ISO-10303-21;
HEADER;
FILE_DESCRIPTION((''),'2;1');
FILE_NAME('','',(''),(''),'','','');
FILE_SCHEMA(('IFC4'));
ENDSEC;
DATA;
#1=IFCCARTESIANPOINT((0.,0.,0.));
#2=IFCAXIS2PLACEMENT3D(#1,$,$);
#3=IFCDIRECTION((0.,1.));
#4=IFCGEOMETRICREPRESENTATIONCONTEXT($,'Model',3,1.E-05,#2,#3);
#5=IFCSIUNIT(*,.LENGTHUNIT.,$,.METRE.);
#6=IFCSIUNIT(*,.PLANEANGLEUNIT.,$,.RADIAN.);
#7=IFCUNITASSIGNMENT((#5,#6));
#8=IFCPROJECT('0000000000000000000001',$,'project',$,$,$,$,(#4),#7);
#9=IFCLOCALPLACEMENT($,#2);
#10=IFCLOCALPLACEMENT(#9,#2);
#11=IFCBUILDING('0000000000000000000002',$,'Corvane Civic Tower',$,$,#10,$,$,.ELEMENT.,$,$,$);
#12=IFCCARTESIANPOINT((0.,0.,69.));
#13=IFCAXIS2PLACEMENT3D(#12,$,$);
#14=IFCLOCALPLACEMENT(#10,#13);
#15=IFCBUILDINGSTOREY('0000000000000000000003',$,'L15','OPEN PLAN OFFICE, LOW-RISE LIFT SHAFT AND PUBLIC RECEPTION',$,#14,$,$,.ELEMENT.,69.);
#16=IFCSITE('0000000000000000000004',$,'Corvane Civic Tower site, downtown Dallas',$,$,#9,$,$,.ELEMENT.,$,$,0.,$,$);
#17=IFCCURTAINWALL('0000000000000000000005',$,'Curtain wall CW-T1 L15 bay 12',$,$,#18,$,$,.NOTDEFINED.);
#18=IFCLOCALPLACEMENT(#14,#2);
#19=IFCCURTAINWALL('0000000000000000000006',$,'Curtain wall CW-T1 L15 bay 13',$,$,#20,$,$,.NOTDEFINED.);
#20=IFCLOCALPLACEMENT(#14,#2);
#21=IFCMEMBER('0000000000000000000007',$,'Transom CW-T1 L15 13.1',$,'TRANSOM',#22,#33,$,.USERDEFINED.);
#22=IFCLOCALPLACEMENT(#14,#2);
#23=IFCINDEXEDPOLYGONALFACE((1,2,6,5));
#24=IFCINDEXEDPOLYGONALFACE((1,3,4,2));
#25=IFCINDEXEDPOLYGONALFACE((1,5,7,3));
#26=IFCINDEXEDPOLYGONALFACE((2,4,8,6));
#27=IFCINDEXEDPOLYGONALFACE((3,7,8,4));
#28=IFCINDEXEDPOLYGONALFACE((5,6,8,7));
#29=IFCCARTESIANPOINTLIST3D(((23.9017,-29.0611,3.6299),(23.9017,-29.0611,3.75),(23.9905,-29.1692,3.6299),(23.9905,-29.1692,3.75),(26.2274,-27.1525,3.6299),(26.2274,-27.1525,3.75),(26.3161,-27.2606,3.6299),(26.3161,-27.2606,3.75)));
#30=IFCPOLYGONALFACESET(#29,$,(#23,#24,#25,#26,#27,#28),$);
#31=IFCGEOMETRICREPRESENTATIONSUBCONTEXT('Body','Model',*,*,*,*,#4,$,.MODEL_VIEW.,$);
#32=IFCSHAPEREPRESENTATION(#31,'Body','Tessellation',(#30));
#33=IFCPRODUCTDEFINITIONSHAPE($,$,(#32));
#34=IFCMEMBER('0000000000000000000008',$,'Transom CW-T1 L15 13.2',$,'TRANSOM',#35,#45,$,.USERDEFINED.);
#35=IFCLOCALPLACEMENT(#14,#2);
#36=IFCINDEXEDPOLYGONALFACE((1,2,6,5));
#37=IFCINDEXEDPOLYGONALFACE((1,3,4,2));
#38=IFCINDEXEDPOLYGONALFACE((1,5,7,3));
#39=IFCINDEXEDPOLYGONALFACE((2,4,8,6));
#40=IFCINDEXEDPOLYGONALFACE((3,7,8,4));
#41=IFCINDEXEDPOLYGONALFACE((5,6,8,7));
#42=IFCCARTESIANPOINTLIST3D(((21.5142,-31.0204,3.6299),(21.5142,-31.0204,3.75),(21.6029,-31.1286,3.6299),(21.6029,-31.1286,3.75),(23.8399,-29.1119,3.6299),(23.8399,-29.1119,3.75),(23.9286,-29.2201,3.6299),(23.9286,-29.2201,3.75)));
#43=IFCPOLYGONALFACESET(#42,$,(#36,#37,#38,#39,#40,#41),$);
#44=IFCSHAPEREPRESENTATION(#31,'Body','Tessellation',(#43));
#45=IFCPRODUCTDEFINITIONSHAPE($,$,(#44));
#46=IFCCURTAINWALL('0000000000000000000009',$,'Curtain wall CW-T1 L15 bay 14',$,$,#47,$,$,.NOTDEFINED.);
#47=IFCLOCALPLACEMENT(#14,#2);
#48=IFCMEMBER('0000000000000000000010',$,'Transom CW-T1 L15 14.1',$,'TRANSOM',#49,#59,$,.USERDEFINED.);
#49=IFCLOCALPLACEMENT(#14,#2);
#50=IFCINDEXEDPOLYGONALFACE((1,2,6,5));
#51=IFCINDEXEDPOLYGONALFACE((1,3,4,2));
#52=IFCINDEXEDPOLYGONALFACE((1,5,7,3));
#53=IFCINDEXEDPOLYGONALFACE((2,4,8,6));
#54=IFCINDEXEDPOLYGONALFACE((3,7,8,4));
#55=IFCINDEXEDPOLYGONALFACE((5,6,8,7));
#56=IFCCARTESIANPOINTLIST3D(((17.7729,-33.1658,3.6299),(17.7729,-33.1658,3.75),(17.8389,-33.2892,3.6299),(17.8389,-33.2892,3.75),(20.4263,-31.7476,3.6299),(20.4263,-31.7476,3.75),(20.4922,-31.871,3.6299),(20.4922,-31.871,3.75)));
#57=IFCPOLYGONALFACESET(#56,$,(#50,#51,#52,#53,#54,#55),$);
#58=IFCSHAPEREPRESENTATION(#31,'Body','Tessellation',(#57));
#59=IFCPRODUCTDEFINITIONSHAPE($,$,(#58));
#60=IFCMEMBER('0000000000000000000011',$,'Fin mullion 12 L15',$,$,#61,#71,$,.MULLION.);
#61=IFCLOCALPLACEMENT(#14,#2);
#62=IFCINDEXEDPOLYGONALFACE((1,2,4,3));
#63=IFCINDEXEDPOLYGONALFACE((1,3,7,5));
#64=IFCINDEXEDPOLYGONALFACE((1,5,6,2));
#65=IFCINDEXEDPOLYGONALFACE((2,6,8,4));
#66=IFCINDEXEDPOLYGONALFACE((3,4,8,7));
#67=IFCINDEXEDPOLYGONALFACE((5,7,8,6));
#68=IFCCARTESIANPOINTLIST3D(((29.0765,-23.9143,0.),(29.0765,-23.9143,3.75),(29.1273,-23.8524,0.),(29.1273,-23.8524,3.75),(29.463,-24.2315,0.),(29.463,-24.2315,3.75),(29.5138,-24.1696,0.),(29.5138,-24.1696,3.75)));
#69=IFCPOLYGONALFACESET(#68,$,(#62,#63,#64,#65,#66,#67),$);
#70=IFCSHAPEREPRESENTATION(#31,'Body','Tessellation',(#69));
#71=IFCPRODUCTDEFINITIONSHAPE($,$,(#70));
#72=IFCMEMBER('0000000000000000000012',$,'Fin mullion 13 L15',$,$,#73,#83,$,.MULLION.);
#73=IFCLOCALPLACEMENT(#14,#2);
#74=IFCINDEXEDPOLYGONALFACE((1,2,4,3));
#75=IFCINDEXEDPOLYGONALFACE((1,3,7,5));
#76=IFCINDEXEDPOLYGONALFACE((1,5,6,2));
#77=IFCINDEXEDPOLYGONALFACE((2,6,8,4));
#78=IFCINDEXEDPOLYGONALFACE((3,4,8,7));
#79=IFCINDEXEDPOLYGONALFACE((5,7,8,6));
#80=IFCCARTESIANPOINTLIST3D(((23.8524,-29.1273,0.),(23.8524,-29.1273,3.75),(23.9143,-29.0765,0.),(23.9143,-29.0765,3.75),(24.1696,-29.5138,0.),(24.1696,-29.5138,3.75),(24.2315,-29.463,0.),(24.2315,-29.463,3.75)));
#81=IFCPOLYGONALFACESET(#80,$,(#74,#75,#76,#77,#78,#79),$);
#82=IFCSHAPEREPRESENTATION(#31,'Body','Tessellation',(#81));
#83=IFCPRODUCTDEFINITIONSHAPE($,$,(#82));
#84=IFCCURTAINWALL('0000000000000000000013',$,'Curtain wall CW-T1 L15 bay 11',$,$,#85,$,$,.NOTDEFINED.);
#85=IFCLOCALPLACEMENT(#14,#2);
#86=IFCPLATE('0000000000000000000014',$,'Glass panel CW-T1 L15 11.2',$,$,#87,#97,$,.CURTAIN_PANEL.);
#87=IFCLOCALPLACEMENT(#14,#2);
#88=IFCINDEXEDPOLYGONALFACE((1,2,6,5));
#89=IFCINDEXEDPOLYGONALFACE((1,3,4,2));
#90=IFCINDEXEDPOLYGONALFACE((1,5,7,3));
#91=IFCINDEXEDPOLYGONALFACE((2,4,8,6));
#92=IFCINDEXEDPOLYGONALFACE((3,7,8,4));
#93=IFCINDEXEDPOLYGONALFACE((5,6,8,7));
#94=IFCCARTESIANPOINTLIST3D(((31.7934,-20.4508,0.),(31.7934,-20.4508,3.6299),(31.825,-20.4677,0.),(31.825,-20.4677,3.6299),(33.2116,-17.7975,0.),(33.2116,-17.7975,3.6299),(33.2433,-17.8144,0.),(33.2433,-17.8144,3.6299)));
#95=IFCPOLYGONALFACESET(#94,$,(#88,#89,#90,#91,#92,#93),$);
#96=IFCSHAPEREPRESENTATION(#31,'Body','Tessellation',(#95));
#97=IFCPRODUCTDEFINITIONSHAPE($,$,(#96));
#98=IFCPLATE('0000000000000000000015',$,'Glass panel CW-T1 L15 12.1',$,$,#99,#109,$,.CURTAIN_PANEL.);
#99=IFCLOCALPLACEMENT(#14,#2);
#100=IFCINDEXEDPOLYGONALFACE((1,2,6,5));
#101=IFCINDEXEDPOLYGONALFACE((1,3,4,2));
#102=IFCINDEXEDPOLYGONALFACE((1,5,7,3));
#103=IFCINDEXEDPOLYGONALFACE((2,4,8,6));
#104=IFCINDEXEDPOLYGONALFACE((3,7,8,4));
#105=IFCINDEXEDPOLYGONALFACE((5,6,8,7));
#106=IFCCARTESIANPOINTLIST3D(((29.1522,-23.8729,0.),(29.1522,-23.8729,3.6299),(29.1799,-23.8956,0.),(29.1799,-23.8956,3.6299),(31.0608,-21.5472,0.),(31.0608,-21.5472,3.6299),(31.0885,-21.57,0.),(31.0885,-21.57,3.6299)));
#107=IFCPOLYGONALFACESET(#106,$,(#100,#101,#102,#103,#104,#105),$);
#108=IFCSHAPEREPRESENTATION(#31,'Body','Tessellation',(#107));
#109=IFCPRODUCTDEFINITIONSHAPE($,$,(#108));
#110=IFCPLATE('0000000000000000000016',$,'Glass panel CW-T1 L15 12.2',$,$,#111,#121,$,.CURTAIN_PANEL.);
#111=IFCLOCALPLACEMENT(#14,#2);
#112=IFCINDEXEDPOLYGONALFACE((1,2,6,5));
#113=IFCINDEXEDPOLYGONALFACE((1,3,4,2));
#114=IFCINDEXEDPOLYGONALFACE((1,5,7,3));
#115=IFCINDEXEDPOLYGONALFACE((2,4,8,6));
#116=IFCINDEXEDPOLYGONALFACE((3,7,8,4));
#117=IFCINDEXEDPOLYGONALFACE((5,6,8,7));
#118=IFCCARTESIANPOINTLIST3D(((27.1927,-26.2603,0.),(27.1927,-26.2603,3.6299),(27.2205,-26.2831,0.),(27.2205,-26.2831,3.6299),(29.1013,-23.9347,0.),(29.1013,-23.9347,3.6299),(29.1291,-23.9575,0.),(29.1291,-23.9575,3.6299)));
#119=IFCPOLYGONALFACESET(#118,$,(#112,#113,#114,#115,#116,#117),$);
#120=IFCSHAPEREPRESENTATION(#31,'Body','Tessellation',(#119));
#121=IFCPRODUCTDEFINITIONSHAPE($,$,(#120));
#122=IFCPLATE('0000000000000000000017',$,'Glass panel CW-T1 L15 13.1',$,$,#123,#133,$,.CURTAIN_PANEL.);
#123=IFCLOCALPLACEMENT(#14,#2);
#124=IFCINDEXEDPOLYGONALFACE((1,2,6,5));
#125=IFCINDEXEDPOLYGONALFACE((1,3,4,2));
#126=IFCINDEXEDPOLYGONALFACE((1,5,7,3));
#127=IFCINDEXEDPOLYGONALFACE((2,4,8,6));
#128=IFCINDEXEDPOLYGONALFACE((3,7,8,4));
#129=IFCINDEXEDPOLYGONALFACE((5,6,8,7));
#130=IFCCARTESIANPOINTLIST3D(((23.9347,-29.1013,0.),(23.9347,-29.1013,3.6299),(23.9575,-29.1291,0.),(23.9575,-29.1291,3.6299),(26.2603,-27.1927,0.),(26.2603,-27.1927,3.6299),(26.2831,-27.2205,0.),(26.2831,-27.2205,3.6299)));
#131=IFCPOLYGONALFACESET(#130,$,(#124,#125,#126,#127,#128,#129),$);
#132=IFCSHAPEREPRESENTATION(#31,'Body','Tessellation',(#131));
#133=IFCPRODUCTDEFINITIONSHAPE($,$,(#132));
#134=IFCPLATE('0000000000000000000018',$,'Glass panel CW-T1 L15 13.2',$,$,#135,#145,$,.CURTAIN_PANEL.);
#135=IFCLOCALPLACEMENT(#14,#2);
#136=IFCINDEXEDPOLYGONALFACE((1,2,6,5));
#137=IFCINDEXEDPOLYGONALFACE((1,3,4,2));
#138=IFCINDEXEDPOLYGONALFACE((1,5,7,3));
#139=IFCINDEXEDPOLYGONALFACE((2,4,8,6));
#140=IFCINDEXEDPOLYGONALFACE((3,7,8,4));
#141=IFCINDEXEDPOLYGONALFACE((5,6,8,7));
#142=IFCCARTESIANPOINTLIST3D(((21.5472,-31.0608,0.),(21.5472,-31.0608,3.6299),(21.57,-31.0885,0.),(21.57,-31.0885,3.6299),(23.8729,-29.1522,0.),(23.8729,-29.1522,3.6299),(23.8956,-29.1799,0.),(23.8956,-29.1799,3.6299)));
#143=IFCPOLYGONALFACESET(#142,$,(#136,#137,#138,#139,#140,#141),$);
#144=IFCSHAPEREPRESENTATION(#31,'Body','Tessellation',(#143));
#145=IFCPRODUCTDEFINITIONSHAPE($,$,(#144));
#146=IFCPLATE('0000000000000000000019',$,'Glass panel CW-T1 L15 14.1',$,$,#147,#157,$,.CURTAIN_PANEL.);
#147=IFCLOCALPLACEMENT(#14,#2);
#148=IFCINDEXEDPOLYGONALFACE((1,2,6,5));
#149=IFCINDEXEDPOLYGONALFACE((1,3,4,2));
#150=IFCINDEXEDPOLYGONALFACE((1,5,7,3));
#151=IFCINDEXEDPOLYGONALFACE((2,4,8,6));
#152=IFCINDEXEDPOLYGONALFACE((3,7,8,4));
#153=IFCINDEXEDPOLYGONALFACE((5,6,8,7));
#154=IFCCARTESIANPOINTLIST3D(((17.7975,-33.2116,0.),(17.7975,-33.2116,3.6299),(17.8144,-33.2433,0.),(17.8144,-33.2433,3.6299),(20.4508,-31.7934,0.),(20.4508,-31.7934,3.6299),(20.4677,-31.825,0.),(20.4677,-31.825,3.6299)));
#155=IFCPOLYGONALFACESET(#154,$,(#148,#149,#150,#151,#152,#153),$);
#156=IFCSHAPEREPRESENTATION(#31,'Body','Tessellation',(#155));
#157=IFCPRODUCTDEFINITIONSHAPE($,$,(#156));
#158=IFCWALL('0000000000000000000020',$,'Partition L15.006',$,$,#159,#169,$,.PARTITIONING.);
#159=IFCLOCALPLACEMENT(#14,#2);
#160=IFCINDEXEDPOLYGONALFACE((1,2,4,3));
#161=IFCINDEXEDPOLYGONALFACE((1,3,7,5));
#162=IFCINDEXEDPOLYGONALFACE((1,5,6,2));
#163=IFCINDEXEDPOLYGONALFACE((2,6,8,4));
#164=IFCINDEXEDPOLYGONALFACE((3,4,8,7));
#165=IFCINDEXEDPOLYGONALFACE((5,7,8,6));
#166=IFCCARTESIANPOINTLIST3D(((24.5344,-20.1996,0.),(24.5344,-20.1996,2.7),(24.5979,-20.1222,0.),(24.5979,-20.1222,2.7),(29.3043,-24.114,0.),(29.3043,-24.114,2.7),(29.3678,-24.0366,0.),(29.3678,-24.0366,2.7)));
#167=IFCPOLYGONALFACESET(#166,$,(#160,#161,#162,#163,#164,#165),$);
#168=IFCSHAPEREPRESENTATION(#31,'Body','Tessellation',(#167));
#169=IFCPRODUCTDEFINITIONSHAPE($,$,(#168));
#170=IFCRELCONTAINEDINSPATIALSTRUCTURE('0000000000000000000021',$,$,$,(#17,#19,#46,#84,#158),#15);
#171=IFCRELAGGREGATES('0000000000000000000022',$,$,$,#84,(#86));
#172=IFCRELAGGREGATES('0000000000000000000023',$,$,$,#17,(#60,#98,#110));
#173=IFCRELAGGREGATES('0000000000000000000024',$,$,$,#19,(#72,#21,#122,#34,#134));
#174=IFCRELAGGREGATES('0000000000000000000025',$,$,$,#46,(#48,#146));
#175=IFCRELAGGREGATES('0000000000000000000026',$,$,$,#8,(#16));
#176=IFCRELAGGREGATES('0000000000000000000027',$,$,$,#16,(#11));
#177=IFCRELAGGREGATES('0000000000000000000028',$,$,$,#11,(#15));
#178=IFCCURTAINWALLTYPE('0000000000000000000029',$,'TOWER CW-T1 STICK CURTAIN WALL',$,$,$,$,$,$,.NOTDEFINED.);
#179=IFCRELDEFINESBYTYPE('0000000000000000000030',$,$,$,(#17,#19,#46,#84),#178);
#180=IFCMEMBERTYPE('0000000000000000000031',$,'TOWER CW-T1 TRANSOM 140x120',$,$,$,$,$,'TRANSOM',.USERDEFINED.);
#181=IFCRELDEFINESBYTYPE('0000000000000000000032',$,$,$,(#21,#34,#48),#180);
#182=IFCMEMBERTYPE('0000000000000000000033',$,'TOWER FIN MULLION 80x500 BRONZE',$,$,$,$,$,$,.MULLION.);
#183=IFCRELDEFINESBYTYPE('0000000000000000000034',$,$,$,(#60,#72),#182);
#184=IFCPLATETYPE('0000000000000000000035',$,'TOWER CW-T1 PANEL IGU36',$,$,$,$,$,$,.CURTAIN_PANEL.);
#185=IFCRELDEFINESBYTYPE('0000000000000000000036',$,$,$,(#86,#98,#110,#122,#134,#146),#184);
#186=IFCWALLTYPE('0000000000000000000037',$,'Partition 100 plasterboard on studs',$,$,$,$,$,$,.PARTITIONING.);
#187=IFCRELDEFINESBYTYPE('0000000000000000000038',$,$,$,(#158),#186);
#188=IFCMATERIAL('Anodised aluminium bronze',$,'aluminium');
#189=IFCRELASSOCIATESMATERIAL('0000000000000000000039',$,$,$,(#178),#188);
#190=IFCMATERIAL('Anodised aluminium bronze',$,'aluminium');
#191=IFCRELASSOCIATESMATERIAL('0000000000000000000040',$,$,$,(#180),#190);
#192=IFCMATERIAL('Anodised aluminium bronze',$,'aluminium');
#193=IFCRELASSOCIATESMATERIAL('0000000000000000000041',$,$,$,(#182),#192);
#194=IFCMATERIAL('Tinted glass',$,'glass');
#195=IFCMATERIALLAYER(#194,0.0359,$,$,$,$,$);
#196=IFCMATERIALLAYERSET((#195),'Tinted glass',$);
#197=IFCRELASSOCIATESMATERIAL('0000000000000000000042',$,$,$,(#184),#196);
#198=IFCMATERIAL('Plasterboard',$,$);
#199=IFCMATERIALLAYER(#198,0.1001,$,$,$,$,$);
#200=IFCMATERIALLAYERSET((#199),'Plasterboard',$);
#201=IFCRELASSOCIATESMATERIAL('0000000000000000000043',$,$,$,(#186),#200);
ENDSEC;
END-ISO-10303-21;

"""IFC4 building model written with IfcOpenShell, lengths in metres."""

from ifc_helpers import new_model, si_unit, direction, frame, frame_2d, origin, origin_2d, place, context, subcontext, project, spatial, rectangle, extrude, material, layer, layer_set, material_profile, profile_set, type_object, element, aggregate, save


model = new_model("IFC4")

# Units and contexts
model_context = context("Model", 3, precision=1e-05, world=origin(), true_north=direction((0.0, 1.0)))
body_context = subcontext(model_context, "Body", "Model", "MODEL_VIEW")
ifc_project = project(units=[si_unit("LENGTHUNIT", "METRE"), si_unit("PLANEANGLEUNIT", "RADIAN")], contexts=[model_context])

# Site, building, storey
site_placement = place(None, origin())
site = spatial("IfcSite", under=ifc_project, at=site_placement, Name="Corvane Civic Tower site, downtown Dallas", CompositionType="ELEMENT", RefElevation=0.0)
building_placement = place(site_placement, origin())
building = spatial("IfcBuilding", under=site, at=building_placement, Name="Corvane Civic Tower", CompositionType="ELEMENT")
storey_placement = place(building_placement, frame((0.0, 0.0, 69.0)))
storey = spatial("IfcBuildingStorey", under=building, at=storey_placement, Name="L15", Description="OPEN PLAN OFFICE, LOW-RISE LIFT SHAFT AND PUBLIC RECEPTION", CompositionType="ELEMENT", Elevation=69.0)

# Curtain walls, members
ifc_material_1 = material(Name="Anodised aluminium bronze", Category="aluminium")
curtain_wall_type = type_object("IfcCurtainWallType", Name="TOWER CW-T1 STICK CURTAIN WALL", PredefinedType="NOTDEFINED", material=ifc_material_1)
curtain_wall_1_placement = place(storey_placement, origin())
curtain_wall_1 = element("IfcCurtainWall", 1, at=curtain_wall_1_placement, inside=storey, type_object=curtain_wall_type, Name="Curtain wall CW-T1 L15 bay 12", PredefinedType="NOTDEFINED")
ifc_material_2 = material(Name="Anodised aluminium bronze", Category="aluminium")
ifc_material_profile_1 = material_profile(ifc_material_2, rectangle(XDim=0.1399, YDim=0.1201, at=origin_2d()), Name="TOWER CW-T1 TRANSOM 140x120")
ifc_profile_set_1 = profile_set([ifc_material_profile_1], Name="Anodised aluminium bronze")
member_type_1 = type_object("IfcMemberType", Name="TOWER CW-T1 TRANSOM 140x120", ElementType="TRANSOM", PredefinedType="USERDEFINED", material=ifc_profile_set_1)
curtain_wall_2_placement = place(storey_placement, origin())
curtain_wall_2 = element("IfcCurtainWall", 2, at=curtain_wall_2_placement, inside=storey, type_object=curtain_wall_type, Name="Curtain wall CW-T1 L15 bay 13", PredefinedType="NOTDEFINED")
member_1_placement = place(storey_placement, frame((26.2717, -27.2065, 3.6899), z_axis=(-0.773002, -0.634404, 0.0), x_axis=(0.634404, -0.773002, 0.0)))
member_1 = element("IfcMember", 3, at=member_1_placement, type_object=member_type_1, Name="Transom CW-T1 L15 13.1", ObjectType="TRANSOM", PredefinedType="USERDEFINED", context=body_context, shape_type="SweptSolid", body=[
    extrude(rectangle(XDim=0.1399, YDim=0.1201, at=origin_2d()), origin(), (0.0, 0.0, 1.0), 3.0085),
])
member_2_placement = place(storey_placement, frame((23.8843, -29.166, 3.6899), z_axis=(-0.773042, -0.634355, 0.0), x_axis=(0.634355, -0.773042, 0.0)))
member_2 = element("IfcMember", 4, at=member_2_placement, type_object=member_type_1, Name="Transom CW-T1 L15 13.2", ObjectType="TRANSOM", PredefinedType="USERDEFINED", context=body_context, shape_type="SweptSolid", body=[
    extrude(rectangle(XDim=0.1399, YDim=0.1201, at=origin_2d()), origin(), (0.0, 0.0, 1.0), 3.0085),
])

# Curtain wall, member
curtain_wall_3_placement = place(storey_placement, origin())
curtain_wall_3 = element("IfcCurtainWall", 5, at=curtain_wall_3_placement, inside=storey, type_object=curtain_wall_type, Name="Curtain wall CW-T1 L15 bay 14", PredefinedType="NOTDEFINED")
member_3_placement = place(storey_placement, frame((20.4592, -31.8093, 3.6899), z_axis=(-0.881924, -0.471393, 0.0), x_axis=(0.471393, -0.881924, 0.0)))
member_3 = element("IfcMember", 6, at=member_3_placement, type_object=member_type_1, Name="Transom CW-T1 L15 14.1", ObjectType="TRANSOM", PredefinedType="USERDEFINED", context=body_context, shape_type="SweptSolid", body=[
    extrude(rectangle(XDim=0.1399, YDim=0.1201, at=origin_2d()), origin(), (0.0, 0.0, 1.0), 3.0085),
])

# Members
ifc_material_3 = material(Name="Anodised aluminium bronze", Category="aluminium")
ifc_material_profile_2 = material_profile(ifc_material_3, rectangle(XDim=0.0801, YDim=0.5, at=origin_2d()), Name="TOWER FIN MULLION 80x500 BRONZE")
ifc_profile_set_2 = profile_set([ifc_material_profile_2], Name="Anodised aluminium bronze")
member_type_2 = type_object("IfcMemberType", Name="TOWER FIN MULLION 80x500 BRONZE", PredefinedType="MULLION", material=ifc_profile_set_2)
member_4_placement = place(storey_placement, frame((29.2952, -24.042, 0.0), z_axis=(0.0, 0.0, 1.0), x_axis=(-0.634397, -0.773007, 0.0)))
member_4 = element("IfcMember", 7, at=member_4_placement, type_object=member_type_2, Name="Fin mullion 12 L15", PredefinedType="MULLION", context=body_context, shape_type="SweptSolid", body=[
    extrude(rectangle(XDim=0.0801, YDim=0.5, at=origin_2d()), origin(), (0.0, 0.0, 1.0), 3.75),
])
member_5_placement = place(storey_placement, frame((24.042, -29.2952, 0.0), z_axis=(0.0, 0.0, 1.0), x_axis=(-0.773007, -0.634397, 0.0)))
member_5 = element("IfcMember", 8, at=member_5_placement, type_object=member_type_2, Name="Fin mullion 13 L15", PredefinedType="MULLION", context=body_context, shape_type="SweptSolid", body=[
    extrude(rectangle(XDim=0.0801, YDim=0.5, at=origin_2d()), origin(), (0.0, 0.0, 1.0), 3.75),
])

# Curtain wall, plate
curtain_wall_4_placement = place(storey_placement, origin())
curtain_wall_4 = element("IfcCurtainWall", 9, at=curtain_wall_4_placement, inside=storey, type_object=curtain_wall_type, Name="Curtain wall CW-T1 L15 bay 11", PredefinedType="NOTDEFINED")
ifc_material_4 = material(Name="Tinted glass", Category="glass")
ifc_layer_1 = layer(ifc_material_4, 0.0359)
ifc_layer_set_1 = layer_set([ifc_layer_1], Name="Tinted glass")
plate_type = type_object("IfcPlateType", Name="TOWER CW-T1 PANEL IGU36", PredefinedType="CURTAIN_PANEL", material=ifc_layer_set_1)
plate_1_placement = place(storey_placement, frame((32.5183, -19.1326, 0.0), z_axis=(0.0, 0.0, 1.0), x_axis=(-0.471404, -0.881918, 0.0)))
plate_1 = element("IfcPlate", 10, at=plate_1_placement, type_object=plate_type, Name="Glass panel CW-T1 L15 11.2", PredefinedType="CURTAIN_PANEL", context=body_context, shape_type="SweptSolid", body=[
    extrude(rectangle(XDim=3.0085, YDim=0.0359, at=origin_2d()), origin(), (0.0, 0.0, 1.0), 3.6299),
])
aggregate(curtain_wall_4, [plate_1])

# Plates
plate_2_placement = place(storey_placement, frame((30.1204, -22.7214, 0.0), z_axis=(0.0, 0.0, 1.0), x_axis=(-0.634397, -0.773007, 0.0)))
plate_2 = element("IfcPlate", 11, at=plate_2_placement, type_object=plate_type, Name="Glass panel CW-T1 L15 12.1", PredefinedType="CURTAIN_PANEL", context=body_context, shape_type="SweptSolid", body=[
    extrude(rectangle(XDim=3.0085, YDim=0.0359, at=origin_2d()), origin(), (0.0, 0.0, 1.0), 3.6299),
])
plate_3_placement = place(storey_placement, frame((28.1609, -25.1089, 0.0), z_axis=(0.0, 0.0, 1.0), x_axis=(-0.634397, -0.773007, 0.0)))
plate_3 = element("IfcPlate", 12, at=plate_3_placement, type_object=plate_type, Name="Glass panel CW-T1 L15 12.2", PredefinedType="CURTAIN_PANEL", context=body_context, shape_type="SweptSolid", body=[
    extrude(rectangle(XDim=3.0085, YDim=0.0359, at=origin_2d()), origin(), (0.0, 0.0, 1.0), 3.6299),
])
aggregate(curtain_wall_1, [member_4, plate_2, plate_3])
plate_4_placement = place(storey_placement, frame((25.1089, -28.1609, 0.0), z_axis=(0.0, 0.0, 1.0), x_axis=(-0.773007, -0.634397, 0.0)))
plate_4 = element("IfcPlate", 13, at=plate_4_placement, type_object=plate_type, Name="Glass panel CW-T1 L15 13.1", PredefinedType="CURTAIN_PANEL", context=body_context, shape_type="SweptSolid", body=[
    extrude(rectangle(XDim=3.0085, YDim=0.0359, at=origin_2d()), origin(), (0.0, 0.0, 1.0), 3.6299),
])
plate_5_placement = place(storey_placement, frame((22.7214, -30.1204, 0.0), z_axis=(0.0, 0.0, 1.0), x_axis=(-0.773007, -0.634397, 0.0)))
plate_5 = element("IfcPlate", 14, at=plate_5_placement, type_object=plate_type, Name="Glass panel CW-T1 L15 13.2", PredefinedType="CURTAIN_PANEL", context=body_context, shape_type="SweptSolid", body=[
    extrude(rectangle(XDim=3.0085, YDim=0.0359, at=origin_2d()), origin(), (0.0, 0.0, 1.0), 3.6299),
])
aggregate(curtain_wall_2, [member_5, member_1, plate_4, member_2, plate_5])
plate_6_placement = place(storey_placement, frame((19.1326, -32.5183, 0.0), z_axis=(0.0, 0.0, 1.0), x_axis=(-0.881918, -0.471404, 0.0)))
plate_6 = element("IfcPlate", 15, at=plate_6_placement, type_object=plate_type, Name="Glass panel CW-T1 L15 14.1", PredefinedType="CURTAIN_PANEL", context=body_context, shape_type="SweptSolid", body=[
    extrude(rectangle(XDim=3.0085, YDim=0.0359, at=origin_2d()), origin(), (0.0, 0.0, 1.0), 3.6299),
])
aggregate(curtain_wall_3, [member_3, plate_6])

# Wall
ifc_material_5 = material(Name="Plasterboard")
ifc_layer_2 = layer(ifc_material_5, 0.1001)
ifc_layer_set_2 = layer_set([ifc_layer_2], Name="Plasterboard")
wall_type = type_object("IfcWallType", Name="Partition 100 plasterboard on studs", PredefinedType="PARTITIONING", material=ifc_layer_set_2)
wall_1_placement = place(storey_placement, frame((24.5662, -20.1609, 0.0), z_axis=(0.0, 0.0, 1.0), x_axis=(0.773022, -0.634379, 0.0)))
element("IfcWall", 16, at=wall_1_placement, inside=storey, type_object=wall_type, Name="Partition L15.006", PredefinedType="PARTITIONING", context=body_context, shape_type="SweptSolid", body=[
    extrude(rectangle(XDim=6.1704, YDim=0.1001, at=frame_2d((3.0852, 0.0))), origin(), (0.0, 0.0, 1.0), 2.7),
])

save(model, "model.ifc")
